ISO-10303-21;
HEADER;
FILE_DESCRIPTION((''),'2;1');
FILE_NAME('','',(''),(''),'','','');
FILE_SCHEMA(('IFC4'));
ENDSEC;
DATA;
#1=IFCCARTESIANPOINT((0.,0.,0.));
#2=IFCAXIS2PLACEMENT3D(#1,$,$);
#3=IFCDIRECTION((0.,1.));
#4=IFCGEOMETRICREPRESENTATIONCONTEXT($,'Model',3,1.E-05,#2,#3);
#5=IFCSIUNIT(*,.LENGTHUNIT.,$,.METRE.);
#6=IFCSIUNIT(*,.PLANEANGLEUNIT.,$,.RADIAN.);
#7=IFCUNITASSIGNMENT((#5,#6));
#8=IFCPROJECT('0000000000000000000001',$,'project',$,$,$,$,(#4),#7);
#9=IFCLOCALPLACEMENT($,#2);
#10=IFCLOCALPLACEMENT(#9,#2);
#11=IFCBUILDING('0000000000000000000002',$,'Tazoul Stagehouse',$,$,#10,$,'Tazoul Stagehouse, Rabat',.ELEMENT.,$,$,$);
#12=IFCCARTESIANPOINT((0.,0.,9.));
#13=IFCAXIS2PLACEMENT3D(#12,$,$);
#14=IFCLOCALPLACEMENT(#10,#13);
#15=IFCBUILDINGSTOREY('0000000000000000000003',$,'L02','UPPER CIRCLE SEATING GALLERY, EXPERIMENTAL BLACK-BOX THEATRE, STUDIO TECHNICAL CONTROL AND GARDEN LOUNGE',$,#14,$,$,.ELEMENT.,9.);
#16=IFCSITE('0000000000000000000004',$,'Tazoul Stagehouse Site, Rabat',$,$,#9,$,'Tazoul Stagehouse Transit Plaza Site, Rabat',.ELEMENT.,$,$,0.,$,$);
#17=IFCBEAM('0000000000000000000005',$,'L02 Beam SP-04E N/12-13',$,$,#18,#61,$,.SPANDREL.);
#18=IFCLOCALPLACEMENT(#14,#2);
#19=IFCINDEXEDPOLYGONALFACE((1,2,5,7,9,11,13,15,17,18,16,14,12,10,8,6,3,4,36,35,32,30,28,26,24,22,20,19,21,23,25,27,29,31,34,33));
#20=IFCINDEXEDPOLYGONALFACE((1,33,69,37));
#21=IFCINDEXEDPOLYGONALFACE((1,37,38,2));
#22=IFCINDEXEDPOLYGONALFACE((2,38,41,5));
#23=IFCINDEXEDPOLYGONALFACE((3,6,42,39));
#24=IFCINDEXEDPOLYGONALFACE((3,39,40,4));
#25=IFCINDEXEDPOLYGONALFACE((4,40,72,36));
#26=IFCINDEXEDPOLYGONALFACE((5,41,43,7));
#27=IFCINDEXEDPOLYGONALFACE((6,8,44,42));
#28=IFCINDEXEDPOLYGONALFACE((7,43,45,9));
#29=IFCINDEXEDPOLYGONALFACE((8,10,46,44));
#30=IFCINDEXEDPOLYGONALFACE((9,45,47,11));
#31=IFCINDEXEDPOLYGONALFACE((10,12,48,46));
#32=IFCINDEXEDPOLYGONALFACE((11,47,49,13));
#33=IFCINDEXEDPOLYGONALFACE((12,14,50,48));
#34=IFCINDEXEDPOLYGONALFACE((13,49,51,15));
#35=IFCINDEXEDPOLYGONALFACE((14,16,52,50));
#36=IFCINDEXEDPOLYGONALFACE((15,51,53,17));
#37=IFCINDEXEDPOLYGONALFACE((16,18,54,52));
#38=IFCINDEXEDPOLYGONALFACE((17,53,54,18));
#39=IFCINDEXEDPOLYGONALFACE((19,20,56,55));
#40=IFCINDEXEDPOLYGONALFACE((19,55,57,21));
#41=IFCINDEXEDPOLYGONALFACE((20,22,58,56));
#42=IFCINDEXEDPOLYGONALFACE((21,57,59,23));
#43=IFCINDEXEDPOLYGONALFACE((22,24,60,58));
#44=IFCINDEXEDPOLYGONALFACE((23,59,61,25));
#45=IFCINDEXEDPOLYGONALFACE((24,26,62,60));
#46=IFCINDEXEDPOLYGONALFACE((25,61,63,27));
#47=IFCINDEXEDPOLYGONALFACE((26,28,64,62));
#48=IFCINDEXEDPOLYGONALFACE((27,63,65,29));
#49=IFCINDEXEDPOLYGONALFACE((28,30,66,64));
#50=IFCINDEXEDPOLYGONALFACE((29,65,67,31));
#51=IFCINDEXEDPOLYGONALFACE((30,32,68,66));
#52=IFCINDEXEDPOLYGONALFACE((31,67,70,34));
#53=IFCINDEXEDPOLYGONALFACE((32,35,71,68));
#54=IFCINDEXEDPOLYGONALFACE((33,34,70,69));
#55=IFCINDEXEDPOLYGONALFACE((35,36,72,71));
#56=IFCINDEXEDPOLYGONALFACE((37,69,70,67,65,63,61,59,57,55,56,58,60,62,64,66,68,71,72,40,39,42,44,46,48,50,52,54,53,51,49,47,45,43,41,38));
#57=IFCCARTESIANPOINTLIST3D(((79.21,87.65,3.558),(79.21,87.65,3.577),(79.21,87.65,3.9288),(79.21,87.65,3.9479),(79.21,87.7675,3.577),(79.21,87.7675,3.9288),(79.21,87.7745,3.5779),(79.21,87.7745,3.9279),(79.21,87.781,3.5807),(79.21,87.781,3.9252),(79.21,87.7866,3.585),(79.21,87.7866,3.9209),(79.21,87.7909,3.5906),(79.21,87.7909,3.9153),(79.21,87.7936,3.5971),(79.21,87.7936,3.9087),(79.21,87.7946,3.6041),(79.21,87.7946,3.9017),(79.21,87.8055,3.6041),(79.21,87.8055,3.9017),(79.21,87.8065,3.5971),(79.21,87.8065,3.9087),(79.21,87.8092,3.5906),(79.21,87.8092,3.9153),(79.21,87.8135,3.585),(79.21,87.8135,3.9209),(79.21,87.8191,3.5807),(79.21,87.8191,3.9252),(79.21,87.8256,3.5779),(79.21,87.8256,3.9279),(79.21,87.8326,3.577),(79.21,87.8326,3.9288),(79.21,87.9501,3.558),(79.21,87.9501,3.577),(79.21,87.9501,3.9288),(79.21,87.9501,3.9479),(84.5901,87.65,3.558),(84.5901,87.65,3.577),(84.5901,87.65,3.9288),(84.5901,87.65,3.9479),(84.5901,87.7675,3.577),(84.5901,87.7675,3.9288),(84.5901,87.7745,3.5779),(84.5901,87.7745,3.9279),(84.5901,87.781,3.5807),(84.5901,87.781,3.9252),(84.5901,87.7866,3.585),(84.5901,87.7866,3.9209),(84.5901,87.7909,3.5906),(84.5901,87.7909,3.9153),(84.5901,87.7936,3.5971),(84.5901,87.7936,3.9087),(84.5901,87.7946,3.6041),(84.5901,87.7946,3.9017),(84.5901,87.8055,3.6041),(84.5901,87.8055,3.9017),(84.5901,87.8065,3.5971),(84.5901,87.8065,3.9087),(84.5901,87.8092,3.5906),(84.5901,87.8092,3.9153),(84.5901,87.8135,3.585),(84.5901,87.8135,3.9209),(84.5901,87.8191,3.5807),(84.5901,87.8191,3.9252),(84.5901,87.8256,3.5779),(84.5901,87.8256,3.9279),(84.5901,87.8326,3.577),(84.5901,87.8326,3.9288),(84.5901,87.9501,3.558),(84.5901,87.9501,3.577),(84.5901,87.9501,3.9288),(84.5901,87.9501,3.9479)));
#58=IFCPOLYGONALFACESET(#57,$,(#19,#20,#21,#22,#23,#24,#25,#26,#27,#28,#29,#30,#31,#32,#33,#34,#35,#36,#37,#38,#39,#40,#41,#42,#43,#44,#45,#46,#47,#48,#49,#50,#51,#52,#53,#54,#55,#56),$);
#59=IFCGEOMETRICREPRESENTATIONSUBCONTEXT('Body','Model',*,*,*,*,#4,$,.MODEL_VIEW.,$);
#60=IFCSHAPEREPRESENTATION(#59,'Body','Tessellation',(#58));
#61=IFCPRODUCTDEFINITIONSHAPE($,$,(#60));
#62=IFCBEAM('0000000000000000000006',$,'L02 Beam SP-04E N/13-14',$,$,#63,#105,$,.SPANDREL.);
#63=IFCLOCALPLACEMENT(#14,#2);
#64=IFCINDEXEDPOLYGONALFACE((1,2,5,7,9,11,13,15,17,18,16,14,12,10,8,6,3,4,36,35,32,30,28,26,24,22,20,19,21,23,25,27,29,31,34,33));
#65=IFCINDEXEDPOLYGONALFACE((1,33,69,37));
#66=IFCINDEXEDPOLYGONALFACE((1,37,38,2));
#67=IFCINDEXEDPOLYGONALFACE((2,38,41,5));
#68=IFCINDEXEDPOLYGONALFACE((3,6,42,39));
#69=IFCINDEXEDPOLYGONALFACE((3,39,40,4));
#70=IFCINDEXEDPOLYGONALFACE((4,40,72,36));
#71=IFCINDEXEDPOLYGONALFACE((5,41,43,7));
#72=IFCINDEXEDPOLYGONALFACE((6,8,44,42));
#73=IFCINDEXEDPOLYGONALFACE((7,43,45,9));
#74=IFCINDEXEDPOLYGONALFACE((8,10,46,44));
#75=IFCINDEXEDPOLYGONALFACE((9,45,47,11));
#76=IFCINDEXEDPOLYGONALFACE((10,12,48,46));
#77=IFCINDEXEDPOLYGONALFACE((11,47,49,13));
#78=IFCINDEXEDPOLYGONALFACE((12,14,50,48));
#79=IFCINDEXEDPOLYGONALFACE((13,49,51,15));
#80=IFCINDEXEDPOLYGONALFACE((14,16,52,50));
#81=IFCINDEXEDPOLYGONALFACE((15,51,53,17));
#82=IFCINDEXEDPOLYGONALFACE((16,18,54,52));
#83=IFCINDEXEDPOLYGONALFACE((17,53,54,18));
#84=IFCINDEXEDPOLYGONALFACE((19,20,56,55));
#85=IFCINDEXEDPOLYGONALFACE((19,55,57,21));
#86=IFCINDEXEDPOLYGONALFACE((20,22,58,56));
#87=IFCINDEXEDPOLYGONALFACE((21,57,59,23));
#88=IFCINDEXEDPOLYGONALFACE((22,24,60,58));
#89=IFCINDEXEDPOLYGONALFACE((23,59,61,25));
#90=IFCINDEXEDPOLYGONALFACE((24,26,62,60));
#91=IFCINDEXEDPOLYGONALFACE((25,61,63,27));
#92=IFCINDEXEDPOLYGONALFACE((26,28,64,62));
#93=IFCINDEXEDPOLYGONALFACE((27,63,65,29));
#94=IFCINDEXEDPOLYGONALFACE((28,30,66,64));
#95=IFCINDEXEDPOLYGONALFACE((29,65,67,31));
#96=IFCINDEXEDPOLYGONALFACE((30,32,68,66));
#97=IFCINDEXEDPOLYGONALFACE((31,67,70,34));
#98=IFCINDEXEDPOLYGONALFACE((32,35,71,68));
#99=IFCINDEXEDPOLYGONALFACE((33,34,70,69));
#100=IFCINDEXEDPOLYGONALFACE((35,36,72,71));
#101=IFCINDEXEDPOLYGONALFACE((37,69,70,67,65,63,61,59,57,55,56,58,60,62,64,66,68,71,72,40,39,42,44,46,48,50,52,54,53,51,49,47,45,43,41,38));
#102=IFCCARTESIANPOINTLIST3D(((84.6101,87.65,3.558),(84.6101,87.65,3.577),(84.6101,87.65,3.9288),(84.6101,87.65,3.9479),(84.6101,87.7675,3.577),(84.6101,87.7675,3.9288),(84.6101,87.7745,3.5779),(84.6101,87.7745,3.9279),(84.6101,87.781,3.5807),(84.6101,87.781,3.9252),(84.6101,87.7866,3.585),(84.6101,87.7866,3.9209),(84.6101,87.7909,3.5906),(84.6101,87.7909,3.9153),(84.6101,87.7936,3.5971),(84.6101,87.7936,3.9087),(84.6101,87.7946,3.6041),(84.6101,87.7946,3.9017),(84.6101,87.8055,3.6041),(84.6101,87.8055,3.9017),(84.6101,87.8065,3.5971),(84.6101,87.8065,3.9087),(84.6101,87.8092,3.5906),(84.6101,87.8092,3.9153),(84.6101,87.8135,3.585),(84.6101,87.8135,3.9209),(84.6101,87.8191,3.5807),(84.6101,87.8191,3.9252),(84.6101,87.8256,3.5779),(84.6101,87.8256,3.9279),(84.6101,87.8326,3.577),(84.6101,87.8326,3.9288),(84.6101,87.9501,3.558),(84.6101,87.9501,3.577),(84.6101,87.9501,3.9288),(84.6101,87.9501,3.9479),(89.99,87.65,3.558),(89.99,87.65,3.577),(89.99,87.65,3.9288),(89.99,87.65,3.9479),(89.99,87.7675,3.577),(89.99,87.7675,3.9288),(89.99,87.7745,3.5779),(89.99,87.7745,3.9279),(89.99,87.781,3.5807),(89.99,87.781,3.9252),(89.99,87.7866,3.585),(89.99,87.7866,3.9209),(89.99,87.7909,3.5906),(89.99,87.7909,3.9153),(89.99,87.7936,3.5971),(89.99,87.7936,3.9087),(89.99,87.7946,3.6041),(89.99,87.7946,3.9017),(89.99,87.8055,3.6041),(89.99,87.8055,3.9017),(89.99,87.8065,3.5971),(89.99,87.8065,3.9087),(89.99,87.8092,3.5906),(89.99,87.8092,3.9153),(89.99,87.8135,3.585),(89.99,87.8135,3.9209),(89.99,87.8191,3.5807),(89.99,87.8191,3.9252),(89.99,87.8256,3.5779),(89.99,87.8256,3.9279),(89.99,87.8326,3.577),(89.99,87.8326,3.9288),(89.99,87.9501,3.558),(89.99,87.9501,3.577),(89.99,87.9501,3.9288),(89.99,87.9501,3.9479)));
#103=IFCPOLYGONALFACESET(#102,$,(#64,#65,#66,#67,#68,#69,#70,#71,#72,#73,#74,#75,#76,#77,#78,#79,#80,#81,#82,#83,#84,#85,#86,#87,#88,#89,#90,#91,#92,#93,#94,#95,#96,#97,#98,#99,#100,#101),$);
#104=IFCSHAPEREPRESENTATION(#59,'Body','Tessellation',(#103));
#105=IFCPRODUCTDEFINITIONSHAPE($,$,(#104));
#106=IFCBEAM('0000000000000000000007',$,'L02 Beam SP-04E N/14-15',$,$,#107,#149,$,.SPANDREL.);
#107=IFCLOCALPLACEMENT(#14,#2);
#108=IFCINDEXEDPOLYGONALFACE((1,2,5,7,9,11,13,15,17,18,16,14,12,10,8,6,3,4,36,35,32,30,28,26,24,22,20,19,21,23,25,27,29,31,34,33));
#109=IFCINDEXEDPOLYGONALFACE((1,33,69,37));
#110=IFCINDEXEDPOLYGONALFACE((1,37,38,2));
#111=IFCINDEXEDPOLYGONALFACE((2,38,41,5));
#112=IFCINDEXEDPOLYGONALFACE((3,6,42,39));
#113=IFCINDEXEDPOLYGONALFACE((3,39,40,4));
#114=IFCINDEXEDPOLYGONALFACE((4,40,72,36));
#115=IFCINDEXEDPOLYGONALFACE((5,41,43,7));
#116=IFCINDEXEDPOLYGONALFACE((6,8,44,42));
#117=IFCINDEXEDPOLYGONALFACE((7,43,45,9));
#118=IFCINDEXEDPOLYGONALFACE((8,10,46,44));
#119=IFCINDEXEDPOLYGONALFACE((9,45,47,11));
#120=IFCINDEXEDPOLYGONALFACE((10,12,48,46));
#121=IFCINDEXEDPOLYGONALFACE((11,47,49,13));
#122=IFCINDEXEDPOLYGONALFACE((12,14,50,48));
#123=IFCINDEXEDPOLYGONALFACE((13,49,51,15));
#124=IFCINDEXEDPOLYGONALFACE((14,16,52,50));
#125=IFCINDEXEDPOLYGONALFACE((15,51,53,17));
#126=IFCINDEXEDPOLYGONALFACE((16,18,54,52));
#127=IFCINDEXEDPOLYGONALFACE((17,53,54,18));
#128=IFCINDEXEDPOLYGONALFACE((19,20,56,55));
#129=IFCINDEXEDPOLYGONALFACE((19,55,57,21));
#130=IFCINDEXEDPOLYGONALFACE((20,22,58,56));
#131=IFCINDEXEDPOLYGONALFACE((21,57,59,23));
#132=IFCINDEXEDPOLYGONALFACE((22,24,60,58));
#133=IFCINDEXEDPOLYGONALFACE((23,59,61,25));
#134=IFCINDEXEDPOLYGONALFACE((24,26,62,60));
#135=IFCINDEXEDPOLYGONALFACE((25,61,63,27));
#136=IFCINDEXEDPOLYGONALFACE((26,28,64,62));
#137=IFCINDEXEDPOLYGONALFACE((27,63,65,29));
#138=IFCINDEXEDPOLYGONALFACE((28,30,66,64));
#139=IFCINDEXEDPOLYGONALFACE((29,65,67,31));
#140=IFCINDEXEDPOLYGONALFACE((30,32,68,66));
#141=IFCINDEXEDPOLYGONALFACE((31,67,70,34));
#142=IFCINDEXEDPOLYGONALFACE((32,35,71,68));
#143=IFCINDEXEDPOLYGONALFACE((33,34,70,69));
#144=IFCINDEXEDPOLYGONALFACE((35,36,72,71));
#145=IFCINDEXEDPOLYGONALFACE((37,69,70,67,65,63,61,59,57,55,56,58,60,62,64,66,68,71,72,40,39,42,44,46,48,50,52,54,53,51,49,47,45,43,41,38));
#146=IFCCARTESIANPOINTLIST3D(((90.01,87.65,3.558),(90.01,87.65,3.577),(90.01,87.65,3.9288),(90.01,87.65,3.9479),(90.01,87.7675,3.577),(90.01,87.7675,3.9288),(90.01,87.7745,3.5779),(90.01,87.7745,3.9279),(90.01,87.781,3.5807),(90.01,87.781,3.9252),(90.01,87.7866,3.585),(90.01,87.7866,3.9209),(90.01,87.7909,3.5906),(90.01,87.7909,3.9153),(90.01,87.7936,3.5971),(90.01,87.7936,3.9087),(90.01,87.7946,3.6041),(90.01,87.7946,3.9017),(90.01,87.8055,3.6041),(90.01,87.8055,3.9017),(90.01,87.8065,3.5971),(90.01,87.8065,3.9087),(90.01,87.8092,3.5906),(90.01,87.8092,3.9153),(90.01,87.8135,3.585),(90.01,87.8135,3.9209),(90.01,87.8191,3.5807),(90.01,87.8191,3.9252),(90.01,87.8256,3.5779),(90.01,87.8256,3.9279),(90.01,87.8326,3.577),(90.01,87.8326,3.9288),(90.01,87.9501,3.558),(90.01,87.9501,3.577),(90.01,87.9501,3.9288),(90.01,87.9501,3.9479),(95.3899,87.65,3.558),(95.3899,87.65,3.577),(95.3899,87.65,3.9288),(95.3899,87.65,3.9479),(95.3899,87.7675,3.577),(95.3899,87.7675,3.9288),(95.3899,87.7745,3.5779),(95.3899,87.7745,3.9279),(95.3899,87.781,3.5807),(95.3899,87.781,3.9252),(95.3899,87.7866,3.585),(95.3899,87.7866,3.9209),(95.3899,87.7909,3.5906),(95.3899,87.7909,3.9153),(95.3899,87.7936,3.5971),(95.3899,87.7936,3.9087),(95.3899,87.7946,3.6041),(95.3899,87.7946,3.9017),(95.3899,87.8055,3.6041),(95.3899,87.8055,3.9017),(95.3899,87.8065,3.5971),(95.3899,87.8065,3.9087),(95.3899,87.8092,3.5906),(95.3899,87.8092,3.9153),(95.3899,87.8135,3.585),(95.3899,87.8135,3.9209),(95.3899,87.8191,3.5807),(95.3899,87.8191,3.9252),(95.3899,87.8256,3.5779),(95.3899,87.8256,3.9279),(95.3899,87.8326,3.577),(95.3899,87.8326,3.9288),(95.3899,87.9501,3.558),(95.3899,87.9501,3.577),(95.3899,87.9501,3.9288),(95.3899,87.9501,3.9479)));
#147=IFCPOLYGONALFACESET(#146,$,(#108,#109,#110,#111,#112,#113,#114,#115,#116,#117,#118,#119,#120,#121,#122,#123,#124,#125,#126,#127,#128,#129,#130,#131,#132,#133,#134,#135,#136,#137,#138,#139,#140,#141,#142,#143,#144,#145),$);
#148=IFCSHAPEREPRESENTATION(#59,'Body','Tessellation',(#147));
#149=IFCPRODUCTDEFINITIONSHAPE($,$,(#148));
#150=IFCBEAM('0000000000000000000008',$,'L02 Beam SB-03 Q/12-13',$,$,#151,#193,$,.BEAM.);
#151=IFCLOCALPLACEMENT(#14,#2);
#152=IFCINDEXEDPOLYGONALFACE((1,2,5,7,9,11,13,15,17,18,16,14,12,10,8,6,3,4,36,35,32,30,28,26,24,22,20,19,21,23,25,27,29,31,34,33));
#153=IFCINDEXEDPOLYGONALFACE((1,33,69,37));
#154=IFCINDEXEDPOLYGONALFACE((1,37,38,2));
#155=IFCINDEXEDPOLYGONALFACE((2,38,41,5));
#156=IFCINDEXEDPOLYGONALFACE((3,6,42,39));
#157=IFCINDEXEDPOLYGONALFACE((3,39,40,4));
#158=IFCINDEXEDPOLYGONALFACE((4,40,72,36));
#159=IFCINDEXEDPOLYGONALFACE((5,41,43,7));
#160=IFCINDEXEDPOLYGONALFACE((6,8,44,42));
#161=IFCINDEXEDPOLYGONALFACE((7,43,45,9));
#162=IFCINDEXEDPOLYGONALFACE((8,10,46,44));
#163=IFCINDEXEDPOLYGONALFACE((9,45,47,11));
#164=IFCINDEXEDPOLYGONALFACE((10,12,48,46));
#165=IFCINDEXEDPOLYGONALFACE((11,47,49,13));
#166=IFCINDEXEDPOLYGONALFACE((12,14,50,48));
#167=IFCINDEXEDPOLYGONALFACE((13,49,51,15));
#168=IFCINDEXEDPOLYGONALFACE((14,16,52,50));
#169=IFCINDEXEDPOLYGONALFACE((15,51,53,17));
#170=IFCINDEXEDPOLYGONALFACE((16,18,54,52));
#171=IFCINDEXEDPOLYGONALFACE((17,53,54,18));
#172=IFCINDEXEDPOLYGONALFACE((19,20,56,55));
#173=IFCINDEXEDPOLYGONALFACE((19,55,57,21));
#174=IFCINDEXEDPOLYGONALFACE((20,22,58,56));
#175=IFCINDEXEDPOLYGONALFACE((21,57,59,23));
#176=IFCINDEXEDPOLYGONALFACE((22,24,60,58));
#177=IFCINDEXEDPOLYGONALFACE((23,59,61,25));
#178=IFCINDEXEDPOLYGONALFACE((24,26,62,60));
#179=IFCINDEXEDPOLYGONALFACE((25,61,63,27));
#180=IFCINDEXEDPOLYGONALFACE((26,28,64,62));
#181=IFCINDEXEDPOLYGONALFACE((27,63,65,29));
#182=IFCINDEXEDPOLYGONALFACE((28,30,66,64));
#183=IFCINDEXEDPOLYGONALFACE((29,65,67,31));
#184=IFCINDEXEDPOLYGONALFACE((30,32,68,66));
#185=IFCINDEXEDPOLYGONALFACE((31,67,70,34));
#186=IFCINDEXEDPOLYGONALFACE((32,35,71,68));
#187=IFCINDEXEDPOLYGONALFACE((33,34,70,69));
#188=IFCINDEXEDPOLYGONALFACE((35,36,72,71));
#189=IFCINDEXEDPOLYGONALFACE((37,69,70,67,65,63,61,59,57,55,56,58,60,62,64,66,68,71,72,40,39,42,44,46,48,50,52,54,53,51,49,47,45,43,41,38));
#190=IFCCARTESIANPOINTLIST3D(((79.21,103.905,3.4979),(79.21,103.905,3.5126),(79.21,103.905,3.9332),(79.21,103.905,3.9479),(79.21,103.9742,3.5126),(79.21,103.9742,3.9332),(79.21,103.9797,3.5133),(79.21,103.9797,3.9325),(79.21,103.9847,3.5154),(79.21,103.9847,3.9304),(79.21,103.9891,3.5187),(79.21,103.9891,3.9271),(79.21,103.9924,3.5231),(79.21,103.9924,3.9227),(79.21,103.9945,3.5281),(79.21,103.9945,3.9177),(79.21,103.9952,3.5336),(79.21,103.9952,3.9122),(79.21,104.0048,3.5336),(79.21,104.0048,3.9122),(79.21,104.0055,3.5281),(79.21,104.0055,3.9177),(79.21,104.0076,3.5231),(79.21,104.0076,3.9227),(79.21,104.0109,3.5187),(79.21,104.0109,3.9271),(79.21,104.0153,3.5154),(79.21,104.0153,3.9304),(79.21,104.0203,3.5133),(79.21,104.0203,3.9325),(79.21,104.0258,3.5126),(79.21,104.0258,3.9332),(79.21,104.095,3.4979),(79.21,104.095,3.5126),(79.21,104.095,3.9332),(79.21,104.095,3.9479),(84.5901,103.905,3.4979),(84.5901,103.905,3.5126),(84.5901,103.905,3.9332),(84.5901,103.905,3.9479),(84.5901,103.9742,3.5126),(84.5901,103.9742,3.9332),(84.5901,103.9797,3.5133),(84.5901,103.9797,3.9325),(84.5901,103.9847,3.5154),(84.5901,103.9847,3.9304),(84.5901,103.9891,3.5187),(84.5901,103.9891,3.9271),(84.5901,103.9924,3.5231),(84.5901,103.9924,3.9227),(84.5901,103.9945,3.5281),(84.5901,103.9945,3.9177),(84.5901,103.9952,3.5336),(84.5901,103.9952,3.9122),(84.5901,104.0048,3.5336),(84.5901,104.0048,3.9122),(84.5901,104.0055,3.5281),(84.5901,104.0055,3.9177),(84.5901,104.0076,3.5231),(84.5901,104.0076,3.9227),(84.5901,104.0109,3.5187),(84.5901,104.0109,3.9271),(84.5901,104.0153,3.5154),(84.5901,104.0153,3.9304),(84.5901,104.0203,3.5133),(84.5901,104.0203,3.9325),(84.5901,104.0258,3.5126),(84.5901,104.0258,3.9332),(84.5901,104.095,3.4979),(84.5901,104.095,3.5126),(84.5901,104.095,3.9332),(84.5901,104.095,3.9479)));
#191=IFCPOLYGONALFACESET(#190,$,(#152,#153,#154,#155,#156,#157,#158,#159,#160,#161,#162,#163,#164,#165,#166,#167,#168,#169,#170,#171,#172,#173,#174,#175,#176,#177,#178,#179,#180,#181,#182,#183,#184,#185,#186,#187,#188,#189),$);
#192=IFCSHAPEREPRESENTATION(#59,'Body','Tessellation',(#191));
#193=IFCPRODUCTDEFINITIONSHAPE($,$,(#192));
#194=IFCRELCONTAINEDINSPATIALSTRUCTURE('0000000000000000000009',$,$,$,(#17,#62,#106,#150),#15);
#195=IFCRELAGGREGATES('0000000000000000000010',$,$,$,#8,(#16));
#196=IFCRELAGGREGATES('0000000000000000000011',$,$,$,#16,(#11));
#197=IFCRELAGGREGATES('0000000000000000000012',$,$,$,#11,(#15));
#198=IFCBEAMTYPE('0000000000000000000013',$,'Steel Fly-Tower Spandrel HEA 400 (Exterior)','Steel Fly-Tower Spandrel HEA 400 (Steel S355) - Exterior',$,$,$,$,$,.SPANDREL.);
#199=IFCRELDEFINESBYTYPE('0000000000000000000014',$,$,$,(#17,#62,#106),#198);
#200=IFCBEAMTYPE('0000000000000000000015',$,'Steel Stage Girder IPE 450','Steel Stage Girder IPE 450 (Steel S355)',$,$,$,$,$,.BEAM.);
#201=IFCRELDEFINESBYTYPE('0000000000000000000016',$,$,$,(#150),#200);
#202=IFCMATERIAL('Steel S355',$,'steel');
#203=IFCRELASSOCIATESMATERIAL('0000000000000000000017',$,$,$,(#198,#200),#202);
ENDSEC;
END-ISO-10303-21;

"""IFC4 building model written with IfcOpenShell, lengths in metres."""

from ifc_helpers import new_model, si_unit, direction, frame, origin, origin_2d, place, context, subcontext, project, spatial, i_section, extrude, material, material_profile, profile_set, type_object, element, save


model = new_model("IFC4")

# Units and contexts
model_context = context("Model", 3, precision=1e-05, world=origin(), true_north=direction((0.0, 1.0)))
body_context = subcontext(model_context, "Body", "Model", "MODEL_VIEW")
ifc_project = project(units=[si_unit("LENGTHUNIT", "METRE"), si_unit("PLANEANGLEUNIT", "RADIAN")], contexts=[model_context])

# Site, building, storey
site_placement = place(None, origin())
site = spatial("IfcSite", under=ifc_project, at=site_placement, Name="Tazoul Stagehouse Site, Rabat", LongName="Tazoul Stagehouse Transit Plaza Site, Rabat", CompositionType="ELEMENT", RefElevation=0.0)
building_placement = place(site_placement, origin())
building = spatial("IfcBuilding", under=site, at=building_placement, Name="Tazoul Stagehouse", LongName="Tazoul Stagehouse, Rabat", CompositionType="ELEMENT")
storey_placement = place(building_placement, frame((0.0, 0.0, 9.0)))
storey = spatial("IfcBuildingStorey", under=building, at=storey_placement, Name="L02", Description="UPPER CIRCLE SEATING GALLERY, EXPERIMENTAL BLACK-BOX THEATRE, STUDIO TECHNICAL CONTROL AND GARDEN LOUNGE", CompositionType="ELEMENT", Elevation=9.0)

# Shared definitions
ifc_material_1 = material(Name="Steel S355", Category="steel")

# Beams
ifc_material_profile_1 = material_profile(ifc_material_1, i_section(OverallWidth=0.3, OverallDepth=0.3899, WebThickness=0.011, FlangeThickness=0.019, FilletRadius=0.0271, at=origin_2d()), Name="HEA 400")
ifc_profile_set_1 = profile_set([ifc_material_profile_1], Name="Steel S355")
beam_type_1 = type_object("IfcBeamType", Name="Steel Fly-Tower Spandrel HEA 400 (Exterior)", Description="Steel Fly-Tower Spandrel HEA 400 (Steel S355) - Exterior", PredefinedType="SPANDREL", material=ifc_profile_set_1)
beam_1_placement = place(storey_placement, frame((79.21, 87.8, 3.7529), z_axis=(1.0, 0.0, 0.0), x_axis=(0.0, 1.0, 0.0)))
element("IfcBeam", 1, at=beam_1_placement, inside=storey, type_object=beam_type_1, Name="L02 Beam SP-04E N/12-13", PredefinedType="SPANDREL", context=body_context, shape_type="SweptSolid", body=[
    extrude(i_section(OverallWidth=0.3, OverallDepth=0.3899, WebThickness=0.011, FlangeThickness=0.019, FilletRadius=0.0271, at=origin_2d()), origin(), (0.0, 0.0, 1.0), 5.3801),
])
for number, where, z_axis, x_axis, name in (
    (2, (84.6101, 87.8, 3.7529), (1.0, 0.0, 0.0), (0.0, 1.0, 0.0), "L02 Beam SP-04E N/13-14"),
    (3, (90.01, 87.8, 3.7529), (1.0, 0.0, 0.0), (0.0, 1.0, 0.0), "L02 Beam SP-04E N/14-15"),
):
    element("IfcBeam", number, at=place(storey_placement, frame(where, z_axis=z_axis, x_axis=x_axis)), inside=storey, type_object=beam_type_1, Name=name, PredefinedType="SPANDREL", context=body_context, shape_type="SweptSolid", body=[
        extrude(i_section(OverallWidth=0.3, OverallDepth=0.3899, WebThickness=0.011, FlangeThickness=0.019, FilletRadius=0.0271, at=origin_2d()), origin(), (0.0, 0.0, 1.0), 5.3799),
    ])
ifc_material_profile_2 = material_profile(ifc_material_1, i_section(OverallWidth=0.1899, OverallDepth=0.45, WebThickness=0.0095, FlangeThickness=0.0146, FilletRadius=0.021, at=origin_2d()), Name="IPE 450")
ifc_profile_set_2 = profile_set([ifc_material_profile_2], Name="Steel S355")
beam_type_2 = type_object("IfcBeamType", Name="Steel Stage Girder IPE 450", Description="Steel Stage Girder IPE 450 (Steel S355)", PredefinedType="BEAM", material=ifc_profile_set_2)
beam_2_placement = place(storey_placement, frame((79.21, 104.0, 3.7229), z_axis=(1.0, 0.0, 0.0), x_axis=(0.0, 1.0, 0.0)))
element("IfcBeam", 4, at=beam_2_placement, inside=storey, type_object=beam_type_2, Name="L02 Beam SB-03 Q/12-13", PredefinedType="BEAM", context=body_context, shape_type="SweptSolid", body=[
    extrude(i_section(OverallWidth=0.1899, OverallDepth=0.45, WebThickness=0.0095, FlangeThickness=0.0146, FilletRadius=0.021, at=origin_2d()), origin(), (0.0, 0.0, 1.0), 5.3801),
])

save(model, "model.ifc")
